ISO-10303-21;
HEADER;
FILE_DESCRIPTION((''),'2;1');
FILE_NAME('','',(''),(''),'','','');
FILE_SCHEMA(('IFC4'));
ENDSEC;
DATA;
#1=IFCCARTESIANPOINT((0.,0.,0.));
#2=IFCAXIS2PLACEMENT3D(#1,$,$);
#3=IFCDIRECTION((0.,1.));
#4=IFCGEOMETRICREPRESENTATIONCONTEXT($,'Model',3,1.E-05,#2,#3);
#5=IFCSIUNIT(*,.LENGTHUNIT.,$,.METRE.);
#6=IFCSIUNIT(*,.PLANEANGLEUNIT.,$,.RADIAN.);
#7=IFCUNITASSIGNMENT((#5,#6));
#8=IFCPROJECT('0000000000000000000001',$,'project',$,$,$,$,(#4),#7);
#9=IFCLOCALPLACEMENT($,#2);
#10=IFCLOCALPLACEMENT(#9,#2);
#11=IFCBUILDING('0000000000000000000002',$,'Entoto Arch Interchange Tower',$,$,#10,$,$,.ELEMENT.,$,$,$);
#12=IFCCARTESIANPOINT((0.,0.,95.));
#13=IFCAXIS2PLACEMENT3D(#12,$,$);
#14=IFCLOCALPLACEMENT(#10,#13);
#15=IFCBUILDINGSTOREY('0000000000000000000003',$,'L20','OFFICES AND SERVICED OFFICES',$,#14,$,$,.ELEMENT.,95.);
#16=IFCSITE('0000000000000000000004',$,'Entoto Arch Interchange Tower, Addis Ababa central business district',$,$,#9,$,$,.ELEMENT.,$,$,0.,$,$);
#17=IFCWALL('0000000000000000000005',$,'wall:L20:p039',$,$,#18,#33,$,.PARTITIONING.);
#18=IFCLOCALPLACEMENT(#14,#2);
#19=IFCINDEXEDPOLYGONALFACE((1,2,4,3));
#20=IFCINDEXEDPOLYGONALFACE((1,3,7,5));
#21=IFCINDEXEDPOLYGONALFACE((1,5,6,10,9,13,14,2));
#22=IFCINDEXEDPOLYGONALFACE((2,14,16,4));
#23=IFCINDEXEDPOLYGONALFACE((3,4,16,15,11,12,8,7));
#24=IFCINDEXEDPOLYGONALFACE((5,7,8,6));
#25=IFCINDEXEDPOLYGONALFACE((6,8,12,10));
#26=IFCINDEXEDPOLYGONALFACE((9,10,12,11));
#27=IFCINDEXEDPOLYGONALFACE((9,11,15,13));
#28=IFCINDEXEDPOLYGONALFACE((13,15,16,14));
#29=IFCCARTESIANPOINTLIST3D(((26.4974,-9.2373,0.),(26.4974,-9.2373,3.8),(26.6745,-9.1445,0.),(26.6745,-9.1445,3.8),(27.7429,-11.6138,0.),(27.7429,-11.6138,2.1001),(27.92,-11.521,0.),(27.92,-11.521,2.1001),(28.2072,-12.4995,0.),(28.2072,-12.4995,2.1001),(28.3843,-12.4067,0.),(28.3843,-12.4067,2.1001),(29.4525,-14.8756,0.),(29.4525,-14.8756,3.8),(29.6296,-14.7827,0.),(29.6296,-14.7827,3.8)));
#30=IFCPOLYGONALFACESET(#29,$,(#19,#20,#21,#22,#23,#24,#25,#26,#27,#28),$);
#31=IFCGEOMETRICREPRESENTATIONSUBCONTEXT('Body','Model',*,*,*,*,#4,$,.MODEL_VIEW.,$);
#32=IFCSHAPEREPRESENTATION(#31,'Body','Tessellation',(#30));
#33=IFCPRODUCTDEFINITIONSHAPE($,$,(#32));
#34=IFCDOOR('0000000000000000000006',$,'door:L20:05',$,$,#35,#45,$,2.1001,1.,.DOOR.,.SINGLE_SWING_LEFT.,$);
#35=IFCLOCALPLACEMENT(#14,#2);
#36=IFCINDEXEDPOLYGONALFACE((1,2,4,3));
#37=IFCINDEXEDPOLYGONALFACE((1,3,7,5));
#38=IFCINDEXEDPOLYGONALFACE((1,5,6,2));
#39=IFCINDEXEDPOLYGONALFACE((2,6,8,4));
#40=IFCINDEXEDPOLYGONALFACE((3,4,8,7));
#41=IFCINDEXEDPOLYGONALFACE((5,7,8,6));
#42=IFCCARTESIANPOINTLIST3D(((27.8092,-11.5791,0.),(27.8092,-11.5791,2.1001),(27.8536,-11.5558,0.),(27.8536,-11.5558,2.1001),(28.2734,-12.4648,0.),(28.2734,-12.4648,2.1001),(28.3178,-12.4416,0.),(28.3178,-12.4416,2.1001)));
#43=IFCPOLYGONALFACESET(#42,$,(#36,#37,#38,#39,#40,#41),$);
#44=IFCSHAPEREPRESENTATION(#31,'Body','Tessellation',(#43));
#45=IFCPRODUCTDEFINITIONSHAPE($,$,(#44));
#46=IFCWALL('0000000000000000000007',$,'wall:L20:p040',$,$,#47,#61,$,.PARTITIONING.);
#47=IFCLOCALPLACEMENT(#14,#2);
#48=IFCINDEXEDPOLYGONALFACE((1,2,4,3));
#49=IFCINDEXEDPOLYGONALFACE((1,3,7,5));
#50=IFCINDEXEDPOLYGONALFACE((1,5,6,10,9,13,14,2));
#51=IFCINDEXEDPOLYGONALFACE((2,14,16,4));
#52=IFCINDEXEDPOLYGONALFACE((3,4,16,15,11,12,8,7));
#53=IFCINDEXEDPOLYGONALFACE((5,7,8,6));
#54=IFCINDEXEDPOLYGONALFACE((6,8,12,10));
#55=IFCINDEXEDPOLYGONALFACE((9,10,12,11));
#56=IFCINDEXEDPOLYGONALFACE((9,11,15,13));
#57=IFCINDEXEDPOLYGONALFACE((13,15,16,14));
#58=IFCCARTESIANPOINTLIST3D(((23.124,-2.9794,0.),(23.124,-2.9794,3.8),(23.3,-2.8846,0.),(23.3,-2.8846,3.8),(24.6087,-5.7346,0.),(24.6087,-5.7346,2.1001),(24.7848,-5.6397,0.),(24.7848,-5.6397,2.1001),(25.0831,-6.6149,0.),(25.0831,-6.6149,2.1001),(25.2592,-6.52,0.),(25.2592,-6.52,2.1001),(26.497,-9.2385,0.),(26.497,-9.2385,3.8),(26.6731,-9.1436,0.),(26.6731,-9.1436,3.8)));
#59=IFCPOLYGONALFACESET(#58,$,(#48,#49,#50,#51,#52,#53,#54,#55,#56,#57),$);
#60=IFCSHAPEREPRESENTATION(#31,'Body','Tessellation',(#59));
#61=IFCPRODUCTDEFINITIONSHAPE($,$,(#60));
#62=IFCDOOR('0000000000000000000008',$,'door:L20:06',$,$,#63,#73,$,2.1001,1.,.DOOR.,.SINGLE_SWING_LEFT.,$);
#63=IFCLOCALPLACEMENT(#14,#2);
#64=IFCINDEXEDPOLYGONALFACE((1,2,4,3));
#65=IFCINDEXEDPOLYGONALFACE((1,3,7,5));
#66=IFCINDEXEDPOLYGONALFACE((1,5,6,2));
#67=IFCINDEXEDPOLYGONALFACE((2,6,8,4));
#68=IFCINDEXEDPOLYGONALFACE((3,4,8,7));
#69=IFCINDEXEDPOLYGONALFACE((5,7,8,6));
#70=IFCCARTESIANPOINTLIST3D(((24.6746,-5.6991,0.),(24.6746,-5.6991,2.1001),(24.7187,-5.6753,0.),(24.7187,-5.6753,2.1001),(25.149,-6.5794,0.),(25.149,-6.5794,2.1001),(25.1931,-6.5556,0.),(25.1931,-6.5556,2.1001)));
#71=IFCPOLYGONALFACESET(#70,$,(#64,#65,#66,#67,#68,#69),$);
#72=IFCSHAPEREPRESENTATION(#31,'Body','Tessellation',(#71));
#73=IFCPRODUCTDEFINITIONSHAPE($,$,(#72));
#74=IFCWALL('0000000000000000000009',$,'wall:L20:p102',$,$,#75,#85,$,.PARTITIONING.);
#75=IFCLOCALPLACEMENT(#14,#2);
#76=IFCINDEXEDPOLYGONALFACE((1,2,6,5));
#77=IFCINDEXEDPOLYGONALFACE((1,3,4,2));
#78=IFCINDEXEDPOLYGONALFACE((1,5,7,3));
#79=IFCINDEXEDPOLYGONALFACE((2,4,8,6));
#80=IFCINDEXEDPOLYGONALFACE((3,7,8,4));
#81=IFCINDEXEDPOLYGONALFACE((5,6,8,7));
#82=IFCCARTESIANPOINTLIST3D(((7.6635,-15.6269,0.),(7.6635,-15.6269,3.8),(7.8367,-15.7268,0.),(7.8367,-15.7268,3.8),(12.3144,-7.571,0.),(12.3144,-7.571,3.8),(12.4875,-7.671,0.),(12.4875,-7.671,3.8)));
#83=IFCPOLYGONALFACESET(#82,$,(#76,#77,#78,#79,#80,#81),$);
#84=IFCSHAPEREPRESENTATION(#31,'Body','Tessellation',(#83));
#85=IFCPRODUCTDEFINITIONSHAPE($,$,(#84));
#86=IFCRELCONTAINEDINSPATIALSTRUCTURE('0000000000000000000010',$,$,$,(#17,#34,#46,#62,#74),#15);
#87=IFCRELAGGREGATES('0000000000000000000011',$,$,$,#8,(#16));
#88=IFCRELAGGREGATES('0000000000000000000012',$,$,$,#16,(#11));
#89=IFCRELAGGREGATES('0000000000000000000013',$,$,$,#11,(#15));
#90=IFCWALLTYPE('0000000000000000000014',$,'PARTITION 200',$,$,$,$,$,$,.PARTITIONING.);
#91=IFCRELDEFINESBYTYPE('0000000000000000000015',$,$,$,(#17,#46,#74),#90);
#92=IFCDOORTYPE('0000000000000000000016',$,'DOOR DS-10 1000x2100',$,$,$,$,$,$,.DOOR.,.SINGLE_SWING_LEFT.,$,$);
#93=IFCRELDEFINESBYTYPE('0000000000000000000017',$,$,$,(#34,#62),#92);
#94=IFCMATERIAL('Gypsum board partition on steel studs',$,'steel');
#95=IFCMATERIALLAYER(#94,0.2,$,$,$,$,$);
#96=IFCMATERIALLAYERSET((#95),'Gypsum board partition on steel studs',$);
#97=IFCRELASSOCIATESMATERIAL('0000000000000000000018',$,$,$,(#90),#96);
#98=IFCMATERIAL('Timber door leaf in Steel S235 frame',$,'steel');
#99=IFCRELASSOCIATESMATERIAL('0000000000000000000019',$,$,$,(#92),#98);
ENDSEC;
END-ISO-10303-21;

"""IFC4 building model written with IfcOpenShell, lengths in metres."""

from ifc_helpers import new_model, si_unit, direction, frame, frame_2d, origin, place, context, subcontext, project, spatial, rectangle, extrude, material, layer, layer_set, type_object, element, fill, save


model = new_model("IFC4")

# Units and contexts
model_context = context("Model", 3, precision=1e-05, world=origin(), true_north=direction((0.0, 1.0)))
body_context = subcontext(model_context, "Body", "Model", "MODEL_VIEW")
ifc_project = project(units=[si_unit("LENGTHUNIT", "METRE"), si_unit("PLANEANGLEUNIT", "RADIAN")], contexts=[model_context])

# Site, building, storey
site_placement = place(None, origin())
site = spatial("IfcSite", under=ifc_project, at=site_placement, Name="Entoto Arch Interchange Tower, Addis Ababa central business district", CompositionType="ELEMENT", RefElevation=0.0)
building_placement = place(site_placement, origin())
building = spatial("IfcBuilding", under=site, at=building_placement, Name="Entoto Arch Interchange Tower", CompositionType="ELEMENT")
storey_placement = place(building_placement, frame((0.0, 0.0, 95.0)))
storey = spatial("IfcBuildingStorey", under=building, at=storey_placement, Name="L20", Description="OFFICES AND SERVICED OFFICES", CompositionType="ELEMENT", Elevation=95.0)

# Shared definitions
ifc_material_1 = material(Name="Gypsum board partition on steel studs", Category="steel")
ifc_layer_1 = layer(ifc_material_1, 0.2)
ifc_layer_set_1 = layer_set([ifc_layer_1], Name="Gypsum board partition on steel studs")
wall_type_1 = type_object("IfcWallType", Name="PARTITION 200", PredefinedType="PARTITIONING", material=ifc_layer_set_1)

# Shared definitions
ifc_material_2 = material(Name="Timber door leaf in Steel S235 frame", Category="steel")

# Walls, openings, doors
wall_1_placement = place(storey_placement, frame((26.5859, -9.1909, 0.0), z_axis=(0.0, 0.0, 1.0), x_axis=(0.464222, -0.885719, 0.0)))
wall_1 = element("IfcWall", 1, at=wall_1_placement, inside=storey, type_object=wall_type_1, Name="wall:L20:p039", PredefinedType="PARTITIONING", context=body_context, shape_type="SweptSolid", body=[
    extrude(rectangle(XDim=6.3657, YDim=0.2, at=frame_2d((3.1829, 0.0))), origin(), (0.0, 0.0, 1.0), 3.8),
])
opening_1_placement = place(wall_1_placement, frame((2.6831, 0.0, 0.0)))
opening_1 = element("IfcOpeningElement", 2, at=opening_1_placement, cuts=wall_1, PredefinedType="OPENING", context=body_context, shape_type="SweptSolid", body=[
    extrude(rectangle(XDim=1.0, YDim=2.1001, at=frame_2d((0.5, 1.05))), frame((0.0, 0.1099, 0.0), z_axis=(0.0, -1.0, 0.0), x_axis=(1.0, 0.0, 0.0)), (0.0, 0.0, 1.0), 0.22),
])
door_type_1 = type_object("IfcDoorType", Name="DOOR DS-10 1000x2100", OperationType="SINGLE_SWING_LEFT", PredefinedType="DOOR", material=ifc_material_2)
door_1_placement = place(opening_1_placement, origin())
door_1 = element("IfcDoor", 3, at=door_1_placement, inside=storey, type_object=door_type_1, Name="door:L20:05", OperationType="SINGLE_SWING_LEFT", OverallHeight=2.1001, OverallWidth=1.0, PredefinedType="DOOR", context=body_context, shape_type="SweptSolid", body=[
    extrude(rectangle(XDim=1.0, YDim=2.1001, at=frame_2d((0.5, 1.05))), frame((0.0, 0.0249, 0.0), z_axis=(0.0, -1.0, 0.0), x_axis=(1.0, 0.0, 0.0)), (0.0, 0.0, 1.0), 0.05),
])
fill(opening_1, door_1)
wall_2_placement = place(storey_placement, frame((23.2119, -2.9319, 0.0), z_axis=(0.0, 0.0, 1.0), x_axis=(0.474405, -0.880307, 0.0)))
wall_2 = element("IfcWall", 4, at=wall_2_placement, inside=storey, type_object=wall_type_1, Name="wall:L20:p040", PredefinedType="PARTITIONING", context=body_context, shape_type="SweptSolid", body=[
    extrude(rectangle(XDim=7.1101, YDim=0.2, at=frame_2d((3.5552, 0.0))), origin(), (0.0, 0.0, 1.0), 3.8),
])
opening_2_placement = place(wall_2_placement, frame((3.1299, 0.0, 0.0)))
opening_2 = element("IfcOpeningElement", 5, at=opening_2_placement, cuts=wall_2, PredefinedType="OPENING", context=body_context, shape_type="SweptSolid", body=[
    extrude(rectangle(XDim=1.0, YDim=2.1001, at=frame_2d((0.5, 1.05))), frame((0.0, 0.1099, 0.0), z_axis=(0.0, -1.0, 0.0), x_axis=(1.0, 0.0, 0.0)), (0.0, 0.0, 1.0), 0.22),
])
door_2_placement = place(opening_2_placement, origin())
door_2 = element("IfcDoor", 6, at=door_2_placement, inside=storey, type_object=door_type_1, Name="door:L20:06", OperationType="SINGLE_SWING_LEFT", OverallHeight=2.1001, OverallWidth=1.0, PredefinedType="DOOR", context=body_context, shape_type="SweptSolid", body=[
    extrude(rectangle(XDim=1.0, YDim=2.1001, at=frame_2d((0.5, 1.05))), frame((0.0, 0.0249, 0.0), z_axis=(0.0, -1.0, 0.0), x_axis=(1.0, 0.0, 0.0)), (0.0, 0.0, 1.0), 0.05),
])
fill(opening_2, door_2)

# Wall
wall_3_placement = place(storey_placement, frame((12.4009, -7.6211, 0.0), z_axis=(0.0, 0.0, 1.0), x_axis=(-0.499984, -0.866035, 0.0)))
element("IfcWall", 7, at=wall_3_placement, inside=storey, type_object=wall_type_1, Name="wall:L20:p102", PredefinedType="PARTITIONING", context=body_context, shape_type="SweptSolid", body=[
    extrude(rectangle(XDim=9.302, YDim=0.2, at=frame_2d((4.6509, 0.0))), origin(), (0.0, 0.0, 1.0), 3.8),
])

save(model, "model.ifc")
